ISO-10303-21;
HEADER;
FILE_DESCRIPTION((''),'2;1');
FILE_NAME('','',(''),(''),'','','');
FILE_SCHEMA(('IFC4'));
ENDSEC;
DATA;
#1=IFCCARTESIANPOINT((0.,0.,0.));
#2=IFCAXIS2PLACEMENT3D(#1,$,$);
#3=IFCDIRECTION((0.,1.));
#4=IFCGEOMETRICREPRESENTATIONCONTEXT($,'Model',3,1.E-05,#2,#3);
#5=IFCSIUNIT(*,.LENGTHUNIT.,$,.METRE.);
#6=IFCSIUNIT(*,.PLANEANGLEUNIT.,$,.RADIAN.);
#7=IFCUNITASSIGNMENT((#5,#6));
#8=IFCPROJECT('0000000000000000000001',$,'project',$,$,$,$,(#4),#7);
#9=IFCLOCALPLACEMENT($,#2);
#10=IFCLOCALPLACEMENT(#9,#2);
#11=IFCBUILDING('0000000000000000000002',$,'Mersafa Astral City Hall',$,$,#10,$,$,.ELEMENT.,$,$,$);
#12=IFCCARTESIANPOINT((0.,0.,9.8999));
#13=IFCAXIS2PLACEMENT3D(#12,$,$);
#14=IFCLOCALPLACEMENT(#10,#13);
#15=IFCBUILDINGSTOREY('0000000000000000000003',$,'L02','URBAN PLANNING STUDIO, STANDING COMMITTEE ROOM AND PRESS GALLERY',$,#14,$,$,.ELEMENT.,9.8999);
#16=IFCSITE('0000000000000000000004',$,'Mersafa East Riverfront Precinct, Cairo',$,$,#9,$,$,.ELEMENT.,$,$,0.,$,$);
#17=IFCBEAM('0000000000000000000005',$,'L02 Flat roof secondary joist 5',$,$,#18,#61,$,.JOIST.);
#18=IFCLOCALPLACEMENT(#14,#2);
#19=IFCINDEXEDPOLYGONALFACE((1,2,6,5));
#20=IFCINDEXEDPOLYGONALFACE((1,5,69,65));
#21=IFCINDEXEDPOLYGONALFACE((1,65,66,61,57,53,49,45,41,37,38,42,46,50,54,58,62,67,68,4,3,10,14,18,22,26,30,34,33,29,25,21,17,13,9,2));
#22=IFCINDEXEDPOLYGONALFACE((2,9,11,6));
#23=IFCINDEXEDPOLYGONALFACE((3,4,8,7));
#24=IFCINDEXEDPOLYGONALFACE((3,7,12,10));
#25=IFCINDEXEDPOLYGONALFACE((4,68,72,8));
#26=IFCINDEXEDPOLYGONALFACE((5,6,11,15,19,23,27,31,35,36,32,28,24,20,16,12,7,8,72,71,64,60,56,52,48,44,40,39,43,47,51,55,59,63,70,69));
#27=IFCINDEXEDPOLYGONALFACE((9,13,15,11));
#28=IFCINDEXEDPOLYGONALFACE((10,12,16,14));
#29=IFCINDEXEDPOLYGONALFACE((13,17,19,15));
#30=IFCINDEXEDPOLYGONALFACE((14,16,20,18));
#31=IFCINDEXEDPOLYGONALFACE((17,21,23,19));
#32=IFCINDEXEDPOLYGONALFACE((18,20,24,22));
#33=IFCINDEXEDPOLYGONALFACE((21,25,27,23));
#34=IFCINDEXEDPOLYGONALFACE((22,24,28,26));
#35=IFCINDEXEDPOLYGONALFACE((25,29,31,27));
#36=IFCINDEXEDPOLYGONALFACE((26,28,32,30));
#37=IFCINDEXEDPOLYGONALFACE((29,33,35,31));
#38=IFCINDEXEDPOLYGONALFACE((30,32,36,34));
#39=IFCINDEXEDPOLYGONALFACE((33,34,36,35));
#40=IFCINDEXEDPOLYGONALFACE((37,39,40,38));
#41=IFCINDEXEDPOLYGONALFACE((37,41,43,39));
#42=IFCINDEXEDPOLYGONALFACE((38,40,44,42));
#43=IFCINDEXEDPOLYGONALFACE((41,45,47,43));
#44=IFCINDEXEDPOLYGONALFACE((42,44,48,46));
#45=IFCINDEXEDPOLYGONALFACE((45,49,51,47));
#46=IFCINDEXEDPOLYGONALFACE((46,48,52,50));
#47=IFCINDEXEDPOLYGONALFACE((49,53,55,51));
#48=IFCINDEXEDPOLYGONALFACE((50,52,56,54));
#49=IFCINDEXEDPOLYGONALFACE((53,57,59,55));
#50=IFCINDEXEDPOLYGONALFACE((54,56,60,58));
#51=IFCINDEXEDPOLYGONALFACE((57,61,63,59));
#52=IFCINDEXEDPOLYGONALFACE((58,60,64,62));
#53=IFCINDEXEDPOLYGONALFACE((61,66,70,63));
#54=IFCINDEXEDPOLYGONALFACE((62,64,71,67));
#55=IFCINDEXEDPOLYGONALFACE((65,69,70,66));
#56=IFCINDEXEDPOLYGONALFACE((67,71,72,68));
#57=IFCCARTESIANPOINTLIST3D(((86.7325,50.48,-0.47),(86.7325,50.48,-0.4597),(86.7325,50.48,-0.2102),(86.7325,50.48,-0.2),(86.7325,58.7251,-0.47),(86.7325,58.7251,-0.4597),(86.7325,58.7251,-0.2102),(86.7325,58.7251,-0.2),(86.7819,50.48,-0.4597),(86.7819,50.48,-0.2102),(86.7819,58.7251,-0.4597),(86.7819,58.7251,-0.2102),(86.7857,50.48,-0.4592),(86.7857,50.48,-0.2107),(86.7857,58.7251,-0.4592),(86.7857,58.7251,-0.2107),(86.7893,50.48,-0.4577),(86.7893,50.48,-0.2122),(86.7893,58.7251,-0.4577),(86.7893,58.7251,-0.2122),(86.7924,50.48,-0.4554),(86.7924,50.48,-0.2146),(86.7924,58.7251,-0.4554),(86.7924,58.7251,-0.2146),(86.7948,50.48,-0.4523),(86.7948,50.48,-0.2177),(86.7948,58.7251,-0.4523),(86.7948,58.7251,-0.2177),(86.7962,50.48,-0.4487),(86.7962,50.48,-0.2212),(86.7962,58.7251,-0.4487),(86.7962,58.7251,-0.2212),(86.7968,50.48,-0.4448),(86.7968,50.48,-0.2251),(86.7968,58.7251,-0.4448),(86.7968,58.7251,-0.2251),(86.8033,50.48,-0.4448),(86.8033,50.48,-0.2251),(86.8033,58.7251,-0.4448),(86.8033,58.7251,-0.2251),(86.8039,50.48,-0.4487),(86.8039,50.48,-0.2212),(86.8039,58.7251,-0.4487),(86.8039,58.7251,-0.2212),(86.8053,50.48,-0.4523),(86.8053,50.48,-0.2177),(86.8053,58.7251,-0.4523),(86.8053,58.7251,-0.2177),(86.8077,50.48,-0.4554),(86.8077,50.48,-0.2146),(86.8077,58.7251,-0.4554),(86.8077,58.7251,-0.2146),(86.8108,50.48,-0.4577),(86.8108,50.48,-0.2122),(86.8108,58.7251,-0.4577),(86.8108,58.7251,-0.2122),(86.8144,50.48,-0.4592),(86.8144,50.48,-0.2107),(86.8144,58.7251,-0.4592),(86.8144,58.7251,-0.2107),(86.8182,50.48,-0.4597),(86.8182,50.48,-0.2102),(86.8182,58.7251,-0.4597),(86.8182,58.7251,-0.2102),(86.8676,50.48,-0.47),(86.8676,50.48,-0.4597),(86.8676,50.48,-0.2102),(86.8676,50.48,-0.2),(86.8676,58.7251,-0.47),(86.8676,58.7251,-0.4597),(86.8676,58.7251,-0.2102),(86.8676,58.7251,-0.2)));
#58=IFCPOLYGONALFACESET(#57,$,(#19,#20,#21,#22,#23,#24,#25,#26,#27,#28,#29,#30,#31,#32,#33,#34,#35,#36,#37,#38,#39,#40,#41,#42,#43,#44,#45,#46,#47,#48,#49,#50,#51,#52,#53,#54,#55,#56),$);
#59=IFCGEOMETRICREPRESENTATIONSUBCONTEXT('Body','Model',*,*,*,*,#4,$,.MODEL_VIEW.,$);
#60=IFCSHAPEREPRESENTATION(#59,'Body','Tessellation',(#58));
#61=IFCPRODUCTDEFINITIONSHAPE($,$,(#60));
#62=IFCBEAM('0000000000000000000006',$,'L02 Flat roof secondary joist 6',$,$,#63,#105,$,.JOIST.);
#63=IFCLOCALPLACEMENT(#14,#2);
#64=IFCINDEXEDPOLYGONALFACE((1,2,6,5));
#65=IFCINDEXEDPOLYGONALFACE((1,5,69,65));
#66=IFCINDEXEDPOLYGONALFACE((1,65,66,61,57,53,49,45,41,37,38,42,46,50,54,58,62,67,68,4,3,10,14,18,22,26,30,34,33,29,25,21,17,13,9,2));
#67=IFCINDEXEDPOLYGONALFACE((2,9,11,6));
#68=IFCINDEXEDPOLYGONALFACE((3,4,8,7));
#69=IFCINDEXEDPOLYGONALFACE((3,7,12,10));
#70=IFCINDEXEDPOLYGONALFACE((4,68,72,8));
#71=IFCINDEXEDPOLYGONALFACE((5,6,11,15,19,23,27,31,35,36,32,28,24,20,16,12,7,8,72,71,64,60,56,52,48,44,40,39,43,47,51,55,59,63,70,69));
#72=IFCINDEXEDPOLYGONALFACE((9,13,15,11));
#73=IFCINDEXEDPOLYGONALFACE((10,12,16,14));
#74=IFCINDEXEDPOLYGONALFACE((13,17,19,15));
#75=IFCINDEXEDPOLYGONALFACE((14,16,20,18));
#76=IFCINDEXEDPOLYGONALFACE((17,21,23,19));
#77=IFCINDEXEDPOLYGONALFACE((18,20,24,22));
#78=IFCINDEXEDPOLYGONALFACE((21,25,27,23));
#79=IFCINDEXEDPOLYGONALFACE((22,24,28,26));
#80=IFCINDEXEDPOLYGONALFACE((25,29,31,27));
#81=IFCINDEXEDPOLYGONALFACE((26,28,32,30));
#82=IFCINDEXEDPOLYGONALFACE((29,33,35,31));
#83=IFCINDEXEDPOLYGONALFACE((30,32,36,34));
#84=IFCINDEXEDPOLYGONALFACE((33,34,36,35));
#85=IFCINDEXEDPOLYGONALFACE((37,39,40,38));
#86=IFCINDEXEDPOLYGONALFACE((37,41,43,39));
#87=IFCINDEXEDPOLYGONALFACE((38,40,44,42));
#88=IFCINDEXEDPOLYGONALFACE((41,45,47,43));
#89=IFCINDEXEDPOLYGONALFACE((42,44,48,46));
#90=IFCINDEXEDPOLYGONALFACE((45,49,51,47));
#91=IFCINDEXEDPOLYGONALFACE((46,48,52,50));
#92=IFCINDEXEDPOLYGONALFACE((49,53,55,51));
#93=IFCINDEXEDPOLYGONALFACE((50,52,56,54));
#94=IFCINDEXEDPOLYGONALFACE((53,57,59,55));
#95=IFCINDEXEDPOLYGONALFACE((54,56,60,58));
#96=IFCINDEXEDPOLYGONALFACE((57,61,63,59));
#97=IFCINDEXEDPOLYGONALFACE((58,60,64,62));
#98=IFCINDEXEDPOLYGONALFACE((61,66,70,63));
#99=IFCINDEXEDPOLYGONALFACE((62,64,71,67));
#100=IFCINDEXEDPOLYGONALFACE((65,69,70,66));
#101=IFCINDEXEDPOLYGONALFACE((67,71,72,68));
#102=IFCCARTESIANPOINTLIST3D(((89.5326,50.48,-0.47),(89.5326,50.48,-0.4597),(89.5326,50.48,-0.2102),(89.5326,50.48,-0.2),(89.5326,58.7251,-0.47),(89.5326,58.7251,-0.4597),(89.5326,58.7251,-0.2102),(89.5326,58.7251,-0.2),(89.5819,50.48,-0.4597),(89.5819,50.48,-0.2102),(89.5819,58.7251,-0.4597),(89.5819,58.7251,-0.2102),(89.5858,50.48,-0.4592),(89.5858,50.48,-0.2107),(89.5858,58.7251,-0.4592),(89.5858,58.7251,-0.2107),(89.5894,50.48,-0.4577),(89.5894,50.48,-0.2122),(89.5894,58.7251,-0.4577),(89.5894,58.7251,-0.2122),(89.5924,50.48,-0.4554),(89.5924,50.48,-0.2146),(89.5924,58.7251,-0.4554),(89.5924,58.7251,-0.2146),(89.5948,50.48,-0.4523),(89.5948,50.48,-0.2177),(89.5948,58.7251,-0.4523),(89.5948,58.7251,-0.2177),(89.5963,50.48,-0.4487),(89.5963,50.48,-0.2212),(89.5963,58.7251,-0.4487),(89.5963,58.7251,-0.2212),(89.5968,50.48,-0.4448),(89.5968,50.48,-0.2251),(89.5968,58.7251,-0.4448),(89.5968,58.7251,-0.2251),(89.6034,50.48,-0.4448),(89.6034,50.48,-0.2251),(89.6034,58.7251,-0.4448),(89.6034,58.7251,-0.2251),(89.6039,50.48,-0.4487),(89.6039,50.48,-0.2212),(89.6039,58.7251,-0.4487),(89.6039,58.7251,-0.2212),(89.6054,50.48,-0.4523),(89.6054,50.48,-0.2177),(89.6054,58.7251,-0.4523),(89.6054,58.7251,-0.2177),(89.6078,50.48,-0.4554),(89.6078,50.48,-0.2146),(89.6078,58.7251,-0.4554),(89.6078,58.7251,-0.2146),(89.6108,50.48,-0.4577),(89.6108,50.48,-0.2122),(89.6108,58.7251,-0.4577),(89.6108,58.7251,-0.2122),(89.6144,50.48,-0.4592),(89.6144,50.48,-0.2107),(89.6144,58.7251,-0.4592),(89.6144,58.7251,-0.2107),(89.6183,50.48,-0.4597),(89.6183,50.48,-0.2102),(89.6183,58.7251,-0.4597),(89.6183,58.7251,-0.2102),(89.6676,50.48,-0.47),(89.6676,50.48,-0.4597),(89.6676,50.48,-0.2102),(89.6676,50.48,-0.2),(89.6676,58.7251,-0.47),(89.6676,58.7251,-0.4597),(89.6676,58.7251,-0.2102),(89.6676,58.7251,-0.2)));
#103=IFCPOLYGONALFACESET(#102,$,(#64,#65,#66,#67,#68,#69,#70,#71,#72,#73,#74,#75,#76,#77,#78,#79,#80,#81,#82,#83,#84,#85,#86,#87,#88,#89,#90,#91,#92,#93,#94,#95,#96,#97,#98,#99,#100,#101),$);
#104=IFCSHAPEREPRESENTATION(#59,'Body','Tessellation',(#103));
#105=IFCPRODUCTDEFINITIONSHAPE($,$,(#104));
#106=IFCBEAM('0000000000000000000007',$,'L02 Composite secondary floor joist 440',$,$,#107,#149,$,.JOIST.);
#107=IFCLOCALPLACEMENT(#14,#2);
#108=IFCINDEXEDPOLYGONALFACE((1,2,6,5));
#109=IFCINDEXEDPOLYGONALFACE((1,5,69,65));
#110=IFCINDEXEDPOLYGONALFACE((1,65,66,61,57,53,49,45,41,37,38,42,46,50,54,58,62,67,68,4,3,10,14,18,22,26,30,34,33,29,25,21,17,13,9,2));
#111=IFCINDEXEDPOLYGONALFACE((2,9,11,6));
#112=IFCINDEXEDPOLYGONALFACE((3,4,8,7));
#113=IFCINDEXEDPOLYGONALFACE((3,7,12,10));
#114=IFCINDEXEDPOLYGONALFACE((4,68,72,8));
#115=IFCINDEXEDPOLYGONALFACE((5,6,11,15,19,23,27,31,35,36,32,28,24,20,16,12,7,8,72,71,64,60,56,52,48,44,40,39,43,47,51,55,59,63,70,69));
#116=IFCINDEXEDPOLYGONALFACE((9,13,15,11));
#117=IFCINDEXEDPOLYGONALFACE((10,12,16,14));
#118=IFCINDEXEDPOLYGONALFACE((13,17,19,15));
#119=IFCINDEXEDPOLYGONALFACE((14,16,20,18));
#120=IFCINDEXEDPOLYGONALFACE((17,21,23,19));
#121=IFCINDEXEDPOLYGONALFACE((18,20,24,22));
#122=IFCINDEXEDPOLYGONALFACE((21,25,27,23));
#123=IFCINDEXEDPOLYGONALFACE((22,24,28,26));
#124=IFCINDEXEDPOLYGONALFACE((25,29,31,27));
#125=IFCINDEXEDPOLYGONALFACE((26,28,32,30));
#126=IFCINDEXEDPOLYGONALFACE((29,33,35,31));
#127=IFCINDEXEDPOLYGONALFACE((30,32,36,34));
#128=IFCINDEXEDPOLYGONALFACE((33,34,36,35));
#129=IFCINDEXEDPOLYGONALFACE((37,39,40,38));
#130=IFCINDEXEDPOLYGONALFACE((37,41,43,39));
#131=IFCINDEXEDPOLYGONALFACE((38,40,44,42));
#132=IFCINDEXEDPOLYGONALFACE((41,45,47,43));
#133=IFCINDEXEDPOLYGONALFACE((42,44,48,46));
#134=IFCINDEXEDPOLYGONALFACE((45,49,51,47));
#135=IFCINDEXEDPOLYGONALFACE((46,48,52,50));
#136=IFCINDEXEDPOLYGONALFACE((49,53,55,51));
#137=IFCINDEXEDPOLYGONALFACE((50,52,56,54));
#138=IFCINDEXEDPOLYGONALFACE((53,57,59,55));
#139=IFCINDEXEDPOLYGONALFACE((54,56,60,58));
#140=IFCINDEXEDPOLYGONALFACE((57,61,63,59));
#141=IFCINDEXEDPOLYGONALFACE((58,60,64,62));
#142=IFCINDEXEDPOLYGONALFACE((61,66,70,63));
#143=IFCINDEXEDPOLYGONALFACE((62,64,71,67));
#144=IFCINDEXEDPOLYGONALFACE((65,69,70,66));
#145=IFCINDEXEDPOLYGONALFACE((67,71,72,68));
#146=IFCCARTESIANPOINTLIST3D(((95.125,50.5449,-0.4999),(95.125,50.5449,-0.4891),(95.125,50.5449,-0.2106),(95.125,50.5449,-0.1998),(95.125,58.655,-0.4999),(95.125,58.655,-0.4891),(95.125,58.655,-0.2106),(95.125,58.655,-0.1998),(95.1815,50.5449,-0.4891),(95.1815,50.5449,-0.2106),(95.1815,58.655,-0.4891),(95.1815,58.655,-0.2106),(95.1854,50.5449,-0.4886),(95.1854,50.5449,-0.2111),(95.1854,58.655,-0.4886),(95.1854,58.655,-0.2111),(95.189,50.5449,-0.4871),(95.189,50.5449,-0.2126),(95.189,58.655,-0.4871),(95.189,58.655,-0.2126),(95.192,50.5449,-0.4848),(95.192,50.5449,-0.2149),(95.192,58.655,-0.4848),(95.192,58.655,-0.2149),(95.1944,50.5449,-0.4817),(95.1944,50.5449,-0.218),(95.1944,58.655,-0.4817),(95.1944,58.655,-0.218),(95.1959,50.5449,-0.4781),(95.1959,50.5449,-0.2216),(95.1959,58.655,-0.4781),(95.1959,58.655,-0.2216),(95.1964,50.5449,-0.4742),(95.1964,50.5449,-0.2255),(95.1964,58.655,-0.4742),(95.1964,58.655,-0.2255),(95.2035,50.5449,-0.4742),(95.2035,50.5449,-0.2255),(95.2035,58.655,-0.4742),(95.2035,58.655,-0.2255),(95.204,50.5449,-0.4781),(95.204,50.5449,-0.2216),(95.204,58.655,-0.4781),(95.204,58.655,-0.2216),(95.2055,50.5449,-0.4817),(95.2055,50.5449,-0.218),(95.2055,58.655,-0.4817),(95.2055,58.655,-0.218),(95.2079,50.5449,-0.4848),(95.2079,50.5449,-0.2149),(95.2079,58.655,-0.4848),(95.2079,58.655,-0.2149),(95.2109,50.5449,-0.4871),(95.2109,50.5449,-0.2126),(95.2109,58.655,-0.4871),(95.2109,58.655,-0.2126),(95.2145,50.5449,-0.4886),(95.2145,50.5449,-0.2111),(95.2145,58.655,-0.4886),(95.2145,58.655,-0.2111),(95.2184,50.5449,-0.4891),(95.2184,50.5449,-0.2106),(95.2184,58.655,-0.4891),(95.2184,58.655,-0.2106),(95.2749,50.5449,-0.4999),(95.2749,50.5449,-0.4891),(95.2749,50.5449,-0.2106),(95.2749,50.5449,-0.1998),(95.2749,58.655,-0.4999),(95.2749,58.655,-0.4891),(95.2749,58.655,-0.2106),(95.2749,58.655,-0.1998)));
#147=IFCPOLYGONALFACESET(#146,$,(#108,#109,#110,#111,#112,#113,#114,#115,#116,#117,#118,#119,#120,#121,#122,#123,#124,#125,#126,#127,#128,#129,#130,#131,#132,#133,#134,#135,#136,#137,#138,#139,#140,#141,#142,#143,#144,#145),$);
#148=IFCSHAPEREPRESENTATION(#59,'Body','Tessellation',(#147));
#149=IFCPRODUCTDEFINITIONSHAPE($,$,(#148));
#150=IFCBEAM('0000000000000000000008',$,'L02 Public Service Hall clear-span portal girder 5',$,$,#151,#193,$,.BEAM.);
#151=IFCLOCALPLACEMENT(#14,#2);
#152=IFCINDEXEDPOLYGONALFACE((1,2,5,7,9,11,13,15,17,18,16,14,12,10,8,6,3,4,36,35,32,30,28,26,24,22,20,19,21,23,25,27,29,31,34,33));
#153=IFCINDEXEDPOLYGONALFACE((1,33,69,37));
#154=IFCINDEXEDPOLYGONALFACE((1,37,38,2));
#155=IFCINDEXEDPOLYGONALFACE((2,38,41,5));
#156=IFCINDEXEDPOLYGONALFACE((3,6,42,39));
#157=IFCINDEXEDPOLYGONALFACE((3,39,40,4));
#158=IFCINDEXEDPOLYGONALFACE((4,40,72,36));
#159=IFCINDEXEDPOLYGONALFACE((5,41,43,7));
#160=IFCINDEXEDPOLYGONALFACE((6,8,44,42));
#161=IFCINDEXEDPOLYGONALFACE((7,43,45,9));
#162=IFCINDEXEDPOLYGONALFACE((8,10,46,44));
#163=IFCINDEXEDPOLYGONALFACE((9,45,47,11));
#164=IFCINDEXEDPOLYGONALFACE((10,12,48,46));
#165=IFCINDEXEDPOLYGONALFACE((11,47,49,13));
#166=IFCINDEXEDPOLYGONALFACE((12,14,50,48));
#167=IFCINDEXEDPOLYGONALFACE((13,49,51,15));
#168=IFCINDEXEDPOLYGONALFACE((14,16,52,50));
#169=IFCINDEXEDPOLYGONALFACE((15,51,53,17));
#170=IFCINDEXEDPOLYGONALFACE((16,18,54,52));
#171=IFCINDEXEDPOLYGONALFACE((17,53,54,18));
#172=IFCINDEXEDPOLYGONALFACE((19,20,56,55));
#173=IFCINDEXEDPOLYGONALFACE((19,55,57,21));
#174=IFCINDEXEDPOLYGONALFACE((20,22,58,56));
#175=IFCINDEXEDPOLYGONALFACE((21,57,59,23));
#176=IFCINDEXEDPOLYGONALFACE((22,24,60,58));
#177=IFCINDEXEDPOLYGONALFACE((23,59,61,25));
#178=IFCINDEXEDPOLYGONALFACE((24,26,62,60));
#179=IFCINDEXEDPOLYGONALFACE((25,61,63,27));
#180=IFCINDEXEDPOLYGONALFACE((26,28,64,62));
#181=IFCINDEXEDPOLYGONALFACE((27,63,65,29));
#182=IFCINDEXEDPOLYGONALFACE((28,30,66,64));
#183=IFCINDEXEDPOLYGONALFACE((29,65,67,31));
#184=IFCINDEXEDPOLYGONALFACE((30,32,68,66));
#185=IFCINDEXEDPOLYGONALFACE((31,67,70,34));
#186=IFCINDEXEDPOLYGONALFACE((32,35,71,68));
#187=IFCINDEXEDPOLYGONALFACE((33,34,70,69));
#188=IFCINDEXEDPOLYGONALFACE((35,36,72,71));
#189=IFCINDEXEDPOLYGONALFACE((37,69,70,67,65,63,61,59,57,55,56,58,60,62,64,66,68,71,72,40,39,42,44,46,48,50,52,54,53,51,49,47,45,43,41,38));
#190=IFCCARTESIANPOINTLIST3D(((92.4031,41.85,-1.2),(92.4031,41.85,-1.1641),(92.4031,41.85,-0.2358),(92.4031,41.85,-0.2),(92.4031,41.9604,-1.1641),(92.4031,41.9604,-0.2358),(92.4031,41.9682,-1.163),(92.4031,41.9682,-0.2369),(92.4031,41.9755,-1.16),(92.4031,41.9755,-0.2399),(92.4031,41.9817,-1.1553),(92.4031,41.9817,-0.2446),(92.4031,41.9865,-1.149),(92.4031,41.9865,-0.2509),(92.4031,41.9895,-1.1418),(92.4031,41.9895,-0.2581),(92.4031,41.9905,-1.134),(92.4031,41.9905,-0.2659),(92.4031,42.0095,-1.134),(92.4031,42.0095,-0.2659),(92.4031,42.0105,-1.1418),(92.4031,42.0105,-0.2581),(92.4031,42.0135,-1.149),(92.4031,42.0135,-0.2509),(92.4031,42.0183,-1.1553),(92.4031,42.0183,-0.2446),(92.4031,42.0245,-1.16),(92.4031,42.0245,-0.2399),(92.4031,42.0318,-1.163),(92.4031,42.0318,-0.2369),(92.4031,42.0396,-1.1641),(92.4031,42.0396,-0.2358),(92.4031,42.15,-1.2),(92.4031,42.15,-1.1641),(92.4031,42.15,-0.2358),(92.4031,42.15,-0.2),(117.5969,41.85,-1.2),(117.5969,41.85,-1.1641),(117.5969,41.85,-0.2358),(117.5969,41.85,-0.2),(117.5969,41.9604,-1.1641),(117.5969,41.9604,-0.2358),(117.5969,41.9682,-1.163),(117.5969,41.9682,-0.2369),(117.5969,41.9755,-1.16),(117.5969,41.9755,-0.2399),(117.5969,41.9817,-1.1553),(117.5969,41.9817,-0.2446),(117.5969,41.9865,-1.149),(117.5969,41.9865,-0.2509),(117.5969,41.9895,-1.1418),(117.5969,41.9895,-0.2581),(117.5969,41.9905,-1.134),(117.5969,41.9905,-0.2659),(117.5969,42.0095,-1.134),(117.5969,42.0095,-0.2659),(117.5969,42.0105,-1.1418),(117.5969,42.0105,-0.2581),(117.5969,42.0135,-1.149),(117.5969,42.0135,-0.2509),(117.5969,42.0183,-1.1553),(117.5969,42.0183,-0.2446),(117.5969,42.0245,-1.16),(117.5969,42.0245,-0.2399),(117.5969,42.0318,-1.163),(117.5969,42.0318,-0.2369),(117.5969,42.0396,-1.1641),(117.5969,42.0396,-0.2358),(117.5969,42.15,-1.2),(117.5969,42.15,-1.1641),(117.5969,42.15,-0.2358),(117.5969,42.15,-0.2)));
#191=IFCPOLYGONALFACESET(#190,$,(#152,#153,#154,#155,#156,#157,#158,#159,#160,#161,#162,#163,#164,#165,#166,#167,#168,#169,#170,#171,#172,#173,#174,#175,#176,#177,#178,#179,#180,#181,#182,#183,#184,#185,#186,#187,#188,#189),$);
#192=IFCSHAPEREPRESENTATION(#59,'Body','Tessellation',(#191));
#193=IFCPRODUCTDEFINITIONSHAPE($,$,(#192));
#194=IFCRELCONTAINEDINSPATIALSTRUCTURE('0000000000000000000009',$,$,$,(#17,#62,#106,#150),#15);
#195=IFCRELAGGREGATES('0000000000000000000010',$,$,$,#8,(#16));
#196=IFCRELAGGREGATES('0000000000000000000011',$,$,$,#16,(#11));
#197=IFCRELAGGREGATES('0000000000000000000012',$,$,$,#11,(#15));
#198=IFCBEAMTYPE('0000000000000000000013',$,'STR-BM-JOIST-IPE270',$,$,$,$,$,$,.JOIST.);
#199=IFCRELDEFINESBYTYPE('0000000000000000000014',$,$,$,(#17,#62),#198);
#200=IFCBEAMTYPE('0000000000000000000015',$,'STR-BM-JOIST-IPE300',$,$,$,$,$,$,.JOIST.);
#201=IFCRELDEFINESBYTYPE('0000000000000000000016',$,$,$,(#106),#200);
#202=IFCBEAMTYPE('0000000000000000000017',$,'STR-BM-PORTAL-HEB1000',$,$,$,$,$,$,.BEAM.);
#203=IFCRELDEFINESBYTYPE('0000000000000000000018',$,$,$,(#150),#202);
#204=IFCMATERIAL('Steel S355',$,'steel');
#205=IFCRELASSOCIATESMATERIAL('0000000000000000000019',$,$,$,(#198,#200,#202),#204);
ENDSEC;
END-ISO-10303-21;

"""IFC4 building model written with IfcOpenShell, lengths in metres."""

from ifc_helpers import new_model, si_unit, direction, frame, origin, origin_2d, place, context, subcontext, project, spatial, i_section, extrude, material, material_profile, profile_set, type_object, element, save


model = new_model("IFC4")

# Units and contexts
model_context = context("Model", 3, precision=1e-05, world=origin(), true_north=direction((0.0, 1.0)))
body_context = subcontext(model_context, "Body", "Model", "MODEL_VIEW")
ifc_project = project(units=[si_unit("LENGTHUNIT", "METRE"), si_unit("PLANEANGLEUNIT", "RADIAN")], contexts=[model_context])

# Site, building, storey
site_placement = place(None, origin())
site = spatial("IfcSite", under=ifc_project, at=site_placement, Name="Mersafa East Riverfront Precinct, Cairo", CompositionType="ELEMENT", RefElevation=0.0)
building_placement = place(site_placement, origin())
building = spatial("IfcBuilding", under=site, at=building_placement, Name="Mersafa Astral City Hall", CompositionType="ELEMENT")
storey_placement = place(building_placement, frame((0.0, 0.0, 9.8999)))
storey = spatial("IfcBuildingStorey", under=building, at=storey_placement, Name="L02", Description="URBAN PLANNING STUDIO, STANDING COMMITTEE ROOM AND PRESS GALLERY", CompositionType="ELEMENT", Elevation=9.8999)

# Shared definitions
ifc_material_1 = material(Name="Steel S355", Category="steel")

# Beams
ifc_material_profile_1 = material_profile(ifc_material_1, i_section(OverallWidth=0.135, OverallDepth=0.27, WebThickness=0.0066, FlangeThickness=0.0103, FilletRadius=0.0149, at=origin_2d()), Name="IPE 270")
ifc_profile_set_1 = profile_set([ifc_material_profile_1], Name="Steel S355")
beam_type_1 = type_object("IfcBeamType", Name="STR-BM-JOIST-IPE270", PredefinedType="JOIST", material=ifc_profile_set_1)
for number, where, z_axis, x_axis, name in (
    (1, (86.8, 50.48, -0.335), (0.0, 1.0, 0.0), (-1.0, 0.0, 0.0), "L02 Flat roof secondary joist 5"),
    (2, (89.6001, 50.48, -0.335), (0.0, 1.0, 0.0), (-1.0, 0.0, 0.0), "L02 Flat roof secondary joist 6"),
):
    element("IfcBeam", number, at=place(storey_placement, frame(where, z_axis=z_axis, x_axis=x_axis)), inside=storey, type_object=beam_type_1, Name=name, PredefinedType="JOIST", context=body_context, shape_type="SweptSolid", body=[
        extrude(i_section(OverallWidth=0.135, OverallDepth=0.27, WebThickness=0.0066, FlangeThickness=0.0103, FilletRadius=0.0149, at=origin_2d()), origin(), (0.0, 0.0, 1.0), 8.2451),
    ])
ifc_material_profile_2 = material_profile(ifc_material_1, i_section(OverallWidth=0.1499, OverallDepth=0.3, WebThickness=0.0071, FlangeThickness=0.0107, FilletRadius=0.0149, at=origin_2d()), Name="IPE 300")
ifc_profile_set_2 = profile_set([ifc_material_profile_2], Name="Steel S355")
beam_type_2 = type_object("IfcBeamType", Name="STR-BM-JOIST-IPE300", PredefinedType="JOIST", material=ifc_profile_set_2)
beam_1_placement = place(storey_placement, frame((95.2, 50.5449, -0.3499), z_axis=(0.0, 1.0, 0.0), x_axis=(-1.0, 0.0, 0.0)))
element("IfcBeam", 3, at=beam_1_placement, inside=storey, type_object=beam_type_2, Name="L02 Composite secondary floor joist 440", PredefinedType="JOIST", context=body_context, shape_type="SweptSolid", body=[
    extrude(i_section(OverallWidth=0.1499, OverallDepth=0.3, WebThickness=0.0071, FlangeThickness=0.0107, FilletRadius=0.0149, at=origin_2d()), origin(), (0.0, 0.0, 1.0), 8.1101),
])
ifc_material_profile_3 = material_profile(ifc_material_1, i_section(OverallWidth=0.3, OverallDepth=1.0, WebThickness=0.019, FlangeThickness=0.0359, FilletRadius=0.03, at=origin_2d()), Name="HEB 1000")
ifc_profile_set_3 = profile_set([ifc_material_profile_3], Name="Steel S355")
beam_type_3 = type_object("IfcBeamType", Name="STR-BM-PORTAL-HEB1000", PredefinedType="BEAM", material=ifc_profile_set_3)
for number, where, z_axis, x_axis, name in (
    (4, (92.4031, 42.0, -0.7), (1.0, 0.0, 0.0), (0.0, 1.0, 0.0), "L02 Public Service Hall clear-span portal girder 5"),
):
    element("IfcBeam", number, at=place(storey_placement, frame(where, z_axis=z_axis, x_axis=x_axis)), inside=storey, type_object=beam_type_3, Name=name, PredefinedType="BEAM", context=body_context, shape_type="SweptSolid", body=[
        extrude(i_section(OverallWidth=0.3, OverallDepth=1.0, WebThickness=0.019, FlangeThickness=0.0359, FilletRadius=0.03, at=origin_2d()), origin(), (0.0, 0.0, 1.0), 25.1938),
    ])

save(model, "model.ifc")
